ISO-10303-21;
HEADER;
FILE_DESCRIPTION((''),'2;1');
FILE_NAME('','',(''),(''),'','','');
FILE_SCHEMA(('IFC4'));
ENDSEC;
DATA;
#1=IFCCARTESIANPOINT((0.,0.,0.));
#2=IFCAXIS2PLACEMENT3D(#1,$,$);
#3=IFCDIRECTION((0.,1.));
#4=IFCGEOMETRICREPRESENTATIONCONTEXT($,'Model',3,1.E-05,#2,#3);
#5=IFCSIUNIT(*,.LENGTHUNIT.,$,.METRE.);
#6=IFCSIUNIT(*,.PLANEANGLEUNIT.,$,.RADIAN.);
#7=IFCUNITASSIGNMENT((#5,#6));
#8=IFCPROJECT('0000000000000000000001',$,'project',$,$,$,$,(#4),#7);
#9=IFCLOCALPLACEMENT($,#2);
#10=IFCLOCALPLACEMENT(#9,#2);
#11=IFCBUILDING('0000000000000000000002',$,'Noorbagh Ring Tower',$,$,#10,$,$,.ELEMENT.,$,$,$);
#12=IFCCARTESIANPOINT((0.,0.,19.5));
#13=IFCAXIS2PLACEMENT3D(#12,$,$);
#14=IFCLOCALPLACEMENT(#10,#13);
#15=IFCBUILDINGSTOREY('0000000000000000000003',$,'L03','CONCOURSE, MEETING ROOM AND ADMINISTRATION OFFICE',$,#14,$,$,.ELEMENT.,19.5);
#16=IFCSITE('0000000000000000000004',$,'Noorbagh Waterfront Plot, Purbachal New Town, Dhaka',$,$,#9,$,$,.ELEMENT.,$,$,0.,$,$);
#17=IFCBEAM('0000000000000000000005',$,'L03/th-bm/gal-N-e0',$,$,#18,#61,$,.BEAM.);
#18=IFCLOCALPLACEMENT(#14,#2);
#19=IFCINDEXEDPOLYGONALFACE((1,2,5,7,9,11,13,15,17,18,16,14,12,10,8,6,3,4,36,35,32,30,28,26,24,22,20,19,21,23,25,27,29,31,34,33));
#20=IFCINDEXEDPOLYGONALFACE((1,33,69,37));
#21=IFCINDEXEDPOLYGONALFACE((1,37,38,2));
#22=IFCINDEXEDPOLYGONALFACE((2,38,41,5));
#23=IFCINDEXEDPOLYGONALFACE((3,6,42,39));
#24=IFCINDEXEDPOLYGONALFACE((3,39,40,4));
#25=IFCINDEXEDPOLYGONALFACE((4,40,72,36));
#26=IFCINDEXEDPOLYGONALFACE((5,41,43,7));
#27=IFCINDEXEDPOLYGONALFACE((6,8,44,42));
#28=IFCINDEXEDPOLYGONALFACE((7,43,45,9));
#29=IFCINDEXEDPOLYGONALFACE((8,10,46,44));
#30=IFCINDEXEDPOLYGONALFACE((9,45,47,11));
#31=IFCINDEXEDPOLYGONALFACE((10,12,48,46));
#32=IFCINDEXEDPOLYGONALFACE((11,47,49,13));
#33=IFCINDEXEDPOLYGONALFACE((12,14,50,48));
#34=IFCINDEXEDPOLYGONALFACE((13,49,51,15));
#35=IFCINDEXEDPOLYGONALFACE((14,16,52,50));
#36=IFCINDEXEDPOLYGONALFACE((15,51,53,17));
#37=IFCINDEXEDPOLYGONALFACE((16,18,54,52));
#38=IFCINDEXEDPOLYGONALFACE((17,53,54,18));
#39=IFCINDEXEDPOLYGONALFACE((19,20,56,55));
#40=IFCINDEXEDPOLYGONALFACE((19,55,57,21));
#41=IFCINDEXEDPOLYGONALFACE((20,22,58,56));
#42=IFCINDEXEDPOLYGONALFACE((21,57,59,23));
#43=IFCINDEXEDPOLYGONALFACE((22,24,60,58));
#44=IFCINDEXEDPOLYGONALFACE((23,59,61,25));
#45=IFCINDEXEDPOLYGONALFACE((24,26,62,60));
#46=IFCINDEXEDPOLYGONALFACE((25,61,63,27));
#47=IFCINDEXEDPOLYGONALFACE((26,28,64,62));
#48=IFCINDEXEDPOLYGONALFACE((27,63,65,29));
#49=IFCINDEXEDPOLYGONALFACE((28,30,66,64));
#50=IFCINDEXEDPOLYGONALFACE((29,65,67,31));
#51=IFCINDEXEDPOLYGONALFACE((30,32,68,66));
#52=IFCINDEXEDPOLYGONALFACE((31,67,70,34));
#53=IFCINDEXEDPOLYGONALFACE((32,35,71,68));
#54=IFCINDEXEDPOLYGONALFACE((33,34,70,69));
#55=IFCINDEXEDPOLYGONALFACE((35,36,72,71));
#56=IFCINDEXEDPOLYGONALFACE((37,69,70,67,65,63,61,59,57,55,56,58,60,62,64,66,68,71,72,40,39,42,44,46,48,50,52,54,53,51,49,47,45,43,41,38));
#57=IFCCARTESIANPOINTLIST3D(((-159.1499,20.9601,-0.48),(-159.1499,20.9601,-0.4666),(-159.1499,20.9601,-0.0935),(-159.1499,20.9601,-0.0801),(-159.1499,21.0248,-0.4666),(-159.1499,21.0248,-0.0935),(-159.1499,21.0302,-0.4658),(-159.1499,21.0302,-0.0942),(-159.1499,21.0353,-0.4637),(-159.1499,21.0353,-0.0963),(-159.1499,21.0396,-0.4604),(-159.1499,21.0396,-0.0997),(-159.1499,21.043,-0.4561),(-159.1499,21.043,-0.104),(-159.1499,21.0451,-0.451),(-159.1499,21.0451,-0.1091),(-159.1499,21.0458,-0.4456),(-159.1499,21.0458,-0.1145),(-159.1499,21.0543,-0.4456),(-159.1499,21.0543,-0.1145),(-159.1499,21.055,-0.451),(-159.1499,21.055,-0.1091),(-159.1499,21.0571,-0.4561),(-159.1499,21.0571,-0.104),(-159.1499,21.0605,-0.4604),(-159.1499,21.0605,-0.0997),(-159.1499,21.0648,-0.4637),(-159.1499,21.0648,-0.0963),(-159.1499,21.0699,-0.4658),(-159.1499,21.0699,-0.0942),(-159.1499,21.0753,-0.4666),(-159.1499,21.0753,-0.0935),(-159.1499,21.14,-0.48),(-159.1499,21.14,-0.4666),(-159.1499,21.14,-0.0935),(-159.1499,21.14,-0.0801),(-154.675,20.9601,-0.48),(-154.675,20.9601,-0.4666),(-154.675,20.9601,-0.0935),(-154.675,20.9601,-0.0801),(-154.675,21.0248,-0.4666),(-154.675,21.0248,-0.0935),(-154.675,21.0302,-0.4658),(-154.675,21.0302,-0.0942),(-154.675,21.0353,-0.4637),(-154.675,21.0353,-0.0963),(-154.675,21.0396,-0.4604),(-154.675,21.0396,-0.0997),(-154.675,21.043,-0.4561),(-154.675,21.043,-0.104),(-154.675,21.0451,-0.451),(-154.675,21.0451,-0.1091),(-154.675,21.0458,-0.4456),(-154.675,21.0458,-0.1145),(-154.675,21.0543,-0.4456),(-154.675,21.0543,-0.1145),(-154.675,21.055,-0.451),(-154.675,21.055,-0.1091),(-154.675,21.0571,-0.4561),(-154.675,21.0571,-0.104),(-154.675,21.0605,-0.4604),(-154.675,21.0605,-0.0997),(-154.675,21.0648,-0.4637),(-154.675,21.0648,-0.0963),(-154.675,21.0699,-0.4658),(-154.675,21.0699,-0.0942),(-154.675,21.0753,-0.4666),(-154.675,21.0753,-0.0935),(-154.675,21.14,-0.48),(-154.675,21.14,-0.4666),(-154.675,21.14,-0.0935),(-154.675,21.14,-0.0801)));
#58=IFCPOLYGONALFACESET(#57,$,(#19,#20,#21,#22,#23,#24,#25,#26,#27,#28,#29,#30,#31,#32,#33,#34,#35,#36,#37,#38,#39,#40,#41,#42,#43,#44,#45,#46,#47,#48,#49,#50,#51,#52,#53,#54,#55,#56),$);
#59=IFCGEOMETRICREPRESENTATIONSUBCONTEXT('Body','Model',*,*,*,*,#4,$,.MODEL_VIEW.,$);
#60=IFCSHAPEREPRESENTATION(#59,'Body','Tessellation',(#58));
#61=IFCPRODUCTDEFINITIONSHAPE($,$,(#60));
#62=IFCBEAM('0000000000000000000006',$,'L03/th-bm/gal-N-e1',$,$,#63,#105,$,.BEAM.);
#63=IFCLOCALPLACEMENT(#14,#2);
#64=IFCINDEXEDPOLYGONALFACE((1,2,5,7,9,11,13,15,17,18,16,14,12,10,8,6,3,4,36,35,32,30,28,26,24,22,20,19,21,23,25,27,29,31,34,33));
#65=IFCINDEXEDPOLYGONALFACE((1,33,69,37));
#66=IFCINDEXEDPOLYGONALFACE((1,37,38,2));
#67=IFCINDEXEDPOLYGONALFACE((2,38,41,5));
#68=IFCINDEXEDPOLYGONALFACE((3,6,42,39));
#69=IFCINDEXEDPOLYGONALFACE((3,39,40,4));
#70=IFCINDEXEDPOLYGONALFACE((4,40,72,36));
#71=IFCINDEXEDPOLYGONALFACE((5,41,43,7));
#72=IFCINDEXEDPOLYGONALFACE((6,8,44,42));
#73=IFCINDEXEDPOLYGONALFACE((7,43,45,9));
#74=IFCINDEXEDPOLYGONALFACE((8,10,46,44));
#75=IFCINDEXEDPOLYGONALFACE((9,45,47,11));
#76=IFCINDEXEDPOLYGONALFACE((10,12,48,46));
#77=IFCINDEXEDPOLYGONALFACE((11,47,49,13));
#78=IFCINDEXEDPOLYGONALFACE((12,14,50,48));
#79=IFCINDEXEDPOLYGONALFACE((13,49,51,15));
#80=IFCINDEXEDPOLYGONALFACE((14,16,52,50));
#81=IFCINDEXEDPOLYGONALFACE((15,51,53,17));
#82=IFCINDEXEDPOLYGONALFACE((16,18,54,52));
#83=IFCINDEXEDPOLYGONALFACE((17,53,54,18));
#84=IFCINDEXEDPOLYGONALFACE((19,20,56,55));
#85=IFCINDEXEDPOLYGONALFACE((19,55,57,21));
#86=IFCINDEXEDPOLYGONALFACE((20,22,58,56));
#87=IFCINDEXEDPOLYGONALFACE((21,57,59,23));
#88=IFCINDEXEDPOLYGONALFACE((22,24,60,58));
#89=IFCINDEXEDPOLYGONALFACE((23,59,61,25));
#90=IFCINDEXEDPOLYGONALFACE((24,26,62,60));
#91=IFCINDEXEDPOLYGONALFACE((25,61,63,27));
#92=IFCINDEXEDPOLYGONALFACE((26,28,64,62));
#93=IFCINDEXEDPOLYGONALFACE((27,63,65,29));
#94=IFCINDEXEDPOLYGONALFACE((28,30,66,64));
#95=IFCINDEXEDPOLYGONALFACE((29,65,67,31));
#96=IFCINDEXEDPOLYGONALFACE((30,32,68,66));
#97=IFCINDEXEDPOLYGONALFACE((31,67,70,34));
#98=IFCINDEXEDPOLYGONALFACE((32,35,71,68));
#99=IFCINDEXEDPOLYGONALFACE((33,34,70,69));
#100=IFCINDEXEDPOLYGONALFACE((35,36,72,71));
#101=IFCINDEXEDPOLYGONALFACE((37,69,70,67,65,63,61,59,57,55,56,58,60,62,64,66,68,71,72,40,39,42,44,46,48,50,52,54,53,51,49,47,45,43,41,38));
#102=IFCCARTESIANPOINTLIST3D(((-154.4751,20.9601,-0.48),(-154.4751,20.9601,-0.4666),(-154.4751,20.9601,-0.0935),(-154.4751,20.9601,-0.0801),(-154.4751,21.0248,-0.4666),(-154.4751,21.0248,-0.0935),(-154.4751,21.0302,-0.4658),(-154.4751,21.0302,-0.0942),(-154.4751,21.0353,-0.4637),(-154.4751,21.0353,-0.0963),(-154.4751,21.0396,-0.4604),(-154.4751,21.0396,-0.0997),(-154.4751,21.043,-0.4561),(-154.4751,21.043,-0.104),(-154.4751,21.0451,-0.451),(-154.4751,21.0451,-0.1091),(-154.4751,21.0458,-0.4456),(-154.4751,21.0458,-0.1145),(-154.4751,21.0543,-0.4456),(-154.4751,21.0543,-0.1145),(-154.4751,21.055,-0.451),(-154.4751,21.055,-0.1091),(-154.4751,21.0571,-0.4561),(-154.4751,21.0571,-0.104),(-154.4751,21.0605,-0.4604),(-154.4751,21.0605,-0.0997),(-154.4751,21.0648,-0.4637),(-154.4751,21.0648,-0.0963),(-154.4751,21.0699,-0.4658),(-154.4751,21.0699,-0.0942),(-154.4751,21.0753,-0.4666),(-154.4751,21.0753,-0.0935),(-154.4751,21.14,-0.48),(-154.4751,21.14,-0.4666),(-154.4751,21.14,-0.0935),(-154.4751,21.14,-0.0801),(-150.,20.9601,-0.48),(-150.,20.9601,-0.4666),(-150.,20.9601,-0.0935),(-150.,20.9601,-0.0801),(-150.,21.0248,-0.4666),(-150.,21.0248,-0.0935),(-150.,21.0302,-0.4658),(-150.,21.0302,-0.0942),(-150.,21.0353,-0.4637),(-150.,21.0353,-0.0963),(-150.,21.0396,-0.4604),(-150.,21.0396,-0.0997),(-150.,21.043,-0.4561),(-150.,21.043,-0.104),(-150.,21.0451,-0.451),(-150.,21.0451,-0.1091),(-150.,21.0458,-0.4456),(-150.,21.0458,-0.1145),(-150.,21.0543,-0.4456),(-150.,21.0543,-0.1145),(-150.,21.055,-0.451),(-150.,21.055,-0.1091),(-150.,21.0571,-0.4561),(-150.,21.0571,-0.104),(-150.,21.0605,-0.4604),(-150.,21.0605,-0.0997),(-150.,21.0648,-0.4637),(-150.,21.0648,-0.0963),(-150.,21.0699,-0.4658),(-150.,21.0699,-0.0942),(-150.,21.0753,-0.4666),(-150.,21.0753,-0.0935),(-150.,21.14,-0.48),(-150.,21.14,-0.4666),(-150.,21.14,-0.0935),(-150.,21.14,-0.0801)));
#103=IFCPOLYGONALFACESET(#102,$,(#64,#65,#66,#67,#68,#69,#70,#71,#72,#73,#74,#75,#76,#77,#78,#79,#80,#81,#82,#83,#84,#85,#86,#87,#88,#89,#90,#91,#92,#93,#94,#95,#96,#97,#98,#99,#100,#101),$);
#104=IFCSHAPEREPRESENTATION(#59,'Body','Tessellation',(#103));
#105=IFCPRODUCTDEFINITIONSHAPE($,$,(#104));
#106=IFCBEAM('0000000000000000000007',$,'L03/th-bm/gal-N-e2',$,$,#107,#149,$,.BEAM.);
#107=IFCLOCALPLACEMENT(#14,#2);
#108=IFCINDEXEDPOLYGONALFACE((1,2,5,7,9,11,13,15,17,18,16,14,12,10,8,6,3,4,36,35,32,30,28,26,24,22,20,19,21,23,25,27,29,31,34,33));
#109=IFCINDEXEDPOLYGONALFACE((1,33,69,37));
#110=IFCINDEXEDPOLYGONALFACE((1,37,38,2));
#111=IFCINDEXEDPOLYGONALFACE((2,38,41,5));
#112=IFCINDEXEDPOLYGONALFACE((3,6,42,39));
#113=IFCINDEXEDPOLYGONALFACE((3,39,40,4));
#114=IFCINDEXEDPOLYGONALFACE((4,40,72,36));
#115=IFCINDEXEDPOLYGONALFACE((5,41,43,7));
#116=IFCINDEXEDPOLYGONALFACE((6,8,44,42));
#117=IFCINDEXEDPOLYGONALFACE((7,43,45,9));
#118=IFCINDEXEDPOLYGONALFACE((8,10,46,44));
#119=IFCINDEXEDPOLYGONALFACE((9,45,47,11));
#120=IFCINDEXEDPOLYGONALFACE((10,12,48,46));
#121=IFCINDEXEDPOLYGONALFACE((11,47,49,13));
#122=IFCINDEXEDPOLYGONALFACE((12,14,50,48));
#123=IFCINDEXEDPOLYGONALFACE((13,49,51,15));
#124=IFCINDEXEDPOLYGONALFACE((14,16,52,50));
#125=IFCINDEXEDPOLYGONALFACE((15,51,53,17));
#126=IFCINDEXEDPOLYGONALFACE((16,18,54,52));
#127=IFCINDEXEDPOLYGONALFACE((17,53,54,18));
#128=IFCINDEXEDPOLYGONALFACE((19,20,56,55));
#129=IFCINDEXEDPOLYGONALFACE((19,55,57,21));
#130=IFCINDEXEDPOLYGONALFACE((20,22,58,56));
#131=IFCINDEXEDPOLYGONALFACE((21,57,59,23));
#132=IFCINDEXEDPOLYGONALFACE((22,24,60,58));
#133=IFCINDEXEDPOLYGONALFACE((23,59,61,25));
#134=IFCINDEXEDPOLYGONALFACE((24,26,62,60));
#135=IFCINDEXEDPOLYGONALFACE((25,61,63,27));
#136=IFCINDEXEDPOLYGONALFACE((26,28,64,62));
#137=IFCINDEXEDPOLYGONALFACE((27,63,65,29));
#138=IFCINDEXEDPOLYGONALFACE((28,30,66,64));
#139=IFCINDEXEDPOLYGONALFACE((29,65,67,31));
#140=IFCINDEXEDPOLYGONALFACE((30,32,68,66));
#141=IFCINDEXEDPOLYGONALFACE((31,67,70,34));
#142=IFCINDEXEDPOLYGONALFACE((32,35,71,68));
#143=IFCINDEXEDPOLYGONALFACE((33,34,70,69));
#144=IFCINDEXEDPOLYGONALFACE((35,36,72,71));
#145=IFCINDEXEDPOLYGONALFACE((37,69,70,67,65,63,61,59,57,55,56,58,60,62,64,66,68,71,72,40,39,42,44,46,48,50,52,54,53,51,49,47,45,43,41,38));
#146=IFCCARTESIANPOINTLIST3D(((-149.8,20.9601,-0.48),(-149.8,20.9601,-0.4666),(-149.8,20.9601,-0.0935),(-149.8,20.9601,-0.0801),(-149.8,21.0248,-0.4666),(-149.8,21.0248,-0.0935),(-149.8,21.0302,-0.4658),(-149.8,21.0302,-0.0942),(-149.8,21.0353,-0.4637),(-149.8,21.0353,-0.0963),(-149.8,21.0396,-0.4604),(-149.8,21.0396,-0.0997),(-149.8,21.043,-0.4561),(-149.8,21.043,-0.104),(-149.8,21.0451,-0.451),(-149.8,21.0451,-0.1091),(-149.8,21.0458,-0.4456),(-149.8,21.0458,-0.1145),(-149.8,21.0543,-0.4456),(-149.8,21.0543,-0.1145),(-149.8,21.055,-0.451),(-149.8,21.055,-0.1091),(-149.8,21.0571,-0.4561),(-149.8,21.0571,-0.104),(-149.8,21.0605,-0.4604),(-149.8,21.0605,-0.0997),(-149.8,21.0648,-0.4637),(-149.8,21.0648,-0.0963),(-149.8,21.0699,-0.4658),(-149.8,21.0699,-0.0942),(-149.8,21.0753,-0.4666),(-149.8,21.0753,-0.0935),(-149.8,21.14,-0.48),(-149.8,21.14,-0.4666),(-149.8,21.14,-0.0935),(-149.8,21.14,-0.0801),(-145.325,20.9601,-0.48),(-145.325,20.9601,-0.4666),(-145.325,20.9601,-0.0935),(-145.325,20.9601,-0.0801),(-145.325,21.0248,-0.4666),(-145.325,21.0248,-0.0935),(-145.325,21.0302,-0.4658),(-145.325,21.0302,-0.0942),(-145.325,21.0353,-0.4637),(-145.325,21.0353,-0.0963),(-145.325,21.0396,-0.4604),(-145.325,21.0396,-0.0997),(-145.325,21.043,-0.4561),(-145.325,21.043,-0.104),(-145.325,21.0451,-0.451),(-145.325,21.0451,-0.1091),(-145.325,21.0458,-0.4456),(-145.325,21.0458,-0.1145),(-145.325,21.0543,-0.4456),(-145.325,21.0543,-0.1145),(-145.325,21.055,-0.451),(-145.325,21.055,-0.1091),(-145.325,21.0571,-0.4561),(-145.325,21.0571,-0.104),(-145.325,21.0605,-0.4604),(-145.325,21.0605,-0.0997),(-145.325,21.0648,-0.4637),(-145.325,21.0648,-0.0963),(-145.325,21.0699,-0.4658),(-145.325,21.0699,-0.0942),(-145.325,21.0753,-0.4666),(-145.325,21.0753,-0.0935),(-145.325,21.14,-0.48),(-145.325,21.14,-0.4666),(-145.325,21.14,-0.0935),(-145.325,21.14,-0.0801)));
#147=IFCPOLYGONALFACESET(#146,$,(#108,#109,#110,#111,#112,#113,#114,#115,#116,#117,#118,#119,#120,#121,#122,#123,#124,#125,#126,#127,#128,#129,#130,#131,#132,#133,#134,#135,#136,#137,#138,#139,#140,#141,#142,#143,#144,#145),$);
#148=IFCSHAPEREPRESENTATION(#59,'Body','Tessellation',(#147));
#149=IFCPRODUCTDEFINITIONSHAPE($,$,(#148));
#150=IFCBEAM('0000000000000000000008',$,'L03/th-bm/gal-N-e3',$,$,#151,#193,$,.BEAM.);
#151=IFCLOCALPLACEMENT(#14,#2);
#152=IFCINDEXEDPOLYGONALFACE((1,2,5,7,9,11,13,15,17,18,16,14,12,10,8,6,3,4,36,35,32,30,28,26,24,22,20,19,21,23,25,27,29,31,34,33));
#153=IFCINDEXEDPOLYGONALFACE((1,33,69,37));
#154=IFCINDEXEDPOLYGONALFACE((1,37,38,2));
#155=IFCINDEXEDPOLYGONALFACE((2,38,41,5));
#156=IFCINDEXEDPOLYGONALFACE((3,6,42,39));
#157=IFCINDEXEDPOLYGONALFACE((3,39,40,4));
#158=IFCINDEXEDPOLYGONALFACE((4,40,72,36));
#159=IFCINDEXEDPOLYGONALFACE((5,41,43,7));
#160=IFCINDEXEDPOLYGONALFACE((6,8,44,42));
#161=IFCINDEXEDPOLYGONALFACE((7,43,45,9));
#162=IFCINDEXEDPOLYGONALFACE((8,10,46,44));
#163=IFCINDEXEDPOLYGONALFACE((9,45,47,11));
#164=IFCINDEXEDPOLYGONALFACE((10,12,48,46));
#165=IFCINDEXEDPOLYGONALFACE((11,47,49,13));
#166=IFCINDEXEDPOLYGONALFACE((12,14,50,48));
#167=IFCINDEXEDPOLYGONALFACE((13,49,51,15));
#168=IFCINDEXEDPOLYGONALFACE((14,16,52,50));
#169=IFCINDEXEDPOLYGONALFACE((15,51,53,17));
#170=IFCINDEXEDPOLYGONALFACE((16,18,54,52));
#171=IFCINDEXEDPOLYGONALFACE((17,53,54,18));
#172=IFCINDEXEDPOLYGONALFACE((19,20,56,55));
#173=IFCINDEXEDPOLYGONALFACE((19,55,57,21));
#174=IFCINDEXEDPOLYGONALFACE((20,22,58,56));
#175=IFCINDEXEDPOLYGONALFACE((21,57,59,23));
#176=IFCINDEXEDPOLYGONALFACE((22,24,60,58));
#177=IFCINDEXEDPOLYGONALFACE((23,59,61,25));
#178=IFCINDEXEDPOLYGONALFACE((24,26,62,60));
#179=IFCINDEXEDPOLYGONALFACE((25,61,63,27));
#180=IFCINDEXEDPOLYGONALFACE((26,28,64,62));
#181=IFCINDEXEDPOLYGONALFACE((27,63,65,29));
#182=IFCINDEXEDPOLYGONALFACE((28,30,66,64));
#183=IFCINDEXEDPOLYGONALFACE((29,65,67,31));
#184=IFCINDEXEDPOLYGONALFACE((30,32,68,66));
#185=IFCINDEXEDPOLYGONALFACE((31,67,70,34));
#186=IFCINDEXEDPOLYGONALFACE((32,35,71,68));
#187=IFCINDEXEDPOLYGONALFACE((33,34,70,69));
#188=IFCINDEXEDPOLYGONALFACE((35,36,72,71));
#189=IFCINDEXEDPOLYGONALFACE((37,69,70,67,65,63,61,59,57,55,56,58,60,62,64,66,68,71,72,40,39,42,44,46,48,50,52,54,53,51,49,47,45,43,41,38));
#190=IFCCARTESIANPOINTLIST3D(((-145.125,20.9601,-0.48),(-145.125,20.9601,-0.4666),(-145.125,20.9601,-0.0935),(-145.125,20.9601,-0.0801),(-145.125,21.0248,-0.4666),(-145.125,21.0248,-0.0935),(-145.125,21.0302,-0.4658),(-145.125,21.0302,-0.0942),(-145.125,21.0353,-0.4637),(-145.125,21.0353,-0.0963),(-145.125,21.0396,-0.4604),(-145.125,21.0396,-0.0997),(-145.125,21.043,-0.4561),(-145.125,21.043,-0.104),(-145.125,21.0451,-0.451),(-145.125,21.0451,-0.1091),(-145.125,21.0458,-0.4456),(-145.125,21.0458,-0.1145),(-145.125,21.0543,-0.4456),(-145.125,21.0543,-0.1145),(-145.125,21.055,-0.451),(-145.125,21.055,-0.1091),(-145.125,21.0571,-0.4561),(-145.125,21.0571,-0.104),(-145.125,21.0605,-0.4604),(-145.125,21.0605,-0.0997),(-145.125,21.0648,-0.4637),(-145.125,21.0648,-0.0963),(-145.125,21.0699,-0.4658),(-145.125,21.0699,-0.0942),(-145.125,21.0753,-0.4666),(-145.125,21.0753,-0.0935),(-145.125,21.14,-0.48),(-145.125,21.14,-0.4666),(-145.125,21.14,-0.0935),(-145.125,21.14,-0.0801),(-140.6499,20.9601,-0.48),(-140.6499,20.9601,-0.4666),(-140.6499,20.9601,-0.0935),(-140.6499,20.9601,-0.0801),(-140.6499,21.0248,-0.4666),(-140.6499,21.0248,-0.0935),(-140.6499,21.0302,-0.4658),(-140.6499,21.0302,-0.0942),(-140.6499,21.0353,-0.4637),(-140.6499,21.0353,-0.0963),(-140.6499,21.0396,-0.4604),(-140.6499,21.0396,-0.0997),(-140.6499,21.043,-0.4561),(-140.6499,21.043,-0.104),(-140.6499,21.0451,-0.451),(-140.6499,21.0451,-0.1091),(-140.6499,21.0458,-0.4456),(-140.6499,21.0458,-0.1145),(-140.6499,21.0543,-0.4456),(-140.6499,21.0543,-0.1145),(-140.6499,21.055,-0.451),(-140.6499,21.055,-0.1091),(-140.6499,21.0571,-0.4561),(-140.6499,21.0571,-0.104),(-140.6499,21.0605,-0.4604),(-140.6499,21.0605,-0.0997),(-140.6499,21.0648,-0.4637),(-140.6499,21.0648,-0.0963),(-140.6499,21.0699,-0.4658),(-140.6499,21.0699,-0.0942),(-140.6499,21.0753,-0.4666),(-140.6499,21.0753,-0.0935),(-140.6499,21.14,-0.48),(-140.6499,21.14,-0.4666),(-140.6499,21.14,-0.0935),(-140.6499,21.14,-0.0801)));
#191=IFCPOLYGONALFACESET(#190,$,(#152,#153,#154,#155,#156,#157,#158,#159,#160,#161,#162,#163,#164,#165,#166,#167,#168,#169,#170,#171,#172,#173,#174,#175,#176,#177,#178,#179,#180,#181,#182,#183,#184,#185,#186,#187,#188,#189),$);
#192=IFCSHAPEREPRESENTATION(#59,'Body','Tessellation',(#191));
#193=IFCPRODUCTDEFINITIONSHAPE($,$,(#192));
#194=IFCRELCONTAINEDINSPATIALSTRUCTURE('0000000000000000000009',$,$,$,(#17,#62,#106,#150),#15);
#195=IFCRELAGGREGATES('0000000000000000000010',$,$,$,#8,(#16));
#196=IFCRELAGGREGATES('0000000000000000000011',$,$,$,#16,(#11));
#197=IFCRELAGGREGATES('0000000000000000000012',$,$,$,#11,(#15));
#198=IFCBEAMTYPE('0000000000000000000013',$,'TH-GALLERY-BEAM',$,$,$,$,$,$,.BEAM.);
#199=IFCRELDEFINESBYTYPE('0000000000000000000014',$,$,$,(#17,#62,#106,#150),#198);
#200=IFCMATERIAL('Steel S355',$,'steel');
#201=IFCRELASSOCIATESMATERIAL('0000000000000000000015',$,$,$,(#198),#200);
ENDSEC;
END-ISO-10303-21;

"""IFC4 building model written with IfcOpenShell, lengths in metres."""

from ifc_helpers import new_model, si_unit, direction, frame, origin, origin_2d, place, context, subcontext, project, spatial, i_section, extrude, material, material_profile, profile_set, type_object, element, save


model = new_model("IFC4")

# Units and contexts
model_context = context("Model", 3, precision=1e-05, world=origin(), true_north=direction((0.0, 1.0)))
body_context = subcontext(model_context, "Body", "Model", "MODEL_VIEW")
ifc_project = project(units=[si_unit("LENGTHUNIT", "METRE"), si_unit("PLANEANGLEUNIT", "RADIAN")], contexts=[model_context])

# Site, building, storey
site_placement = place(None, origin())
site = spatial("IfcSite", under=ifc_project, at=site_placement, Name="Noorbagh Waterfront Plot, Purbachal New Town, Dhaka", CompositionType="ELEMENT", RefElevation=0.0)
building_placement = place(site_placement, origin())
building = spatial("IfcBuilding", under=site, at=building_placement, Name="Noorbagh Ring Tower", CompositionType="ELEMENT")
storey_placement = place(building_placement, frame((0.0, 0.0, 19.5)))
storey = spatial("IfcBuildingStorey", under=building, at=storey_placement, Name="L03", Description="CONCOURSE, MEETING ROOM AND ADMINISTRATION OFFICE", CompositionType="ELEMENT", Elevation=19.5)

# Beams
ifc_material_1 = material(Name="Steel S355", Category="steel")
ifc_material_profile_1 = material_profile(ifc_material_1, i_section(OverallWidth=0.1799, OverallDepth=0.3999, WebThickness=0.0085, FlangeThickness=0.0134, FilletRadius=0.021, at=origin_2d()), Name="IPE400")
ifc_profile_set_1 = profile_set([ifc_material_profile_1], Name="Steel S355")
beam_type_1 = type_object("IfcBeamType", Name="TH-GALLERY-BEAM", PredefinedType="BEAM", material=ifc_profile_set_1)
beam_placement = place(storey_placement, frame((-159.1499, 21.05, -0.28), z_axis=(1.0, 0.0, 0.0), x_axis=(0.0, 1.0, 0.0)))
element("IfcBeam", 1, at=beam_placement, inside=storey, type_object=beam_type_1, Name="L03/th-bm/gal-N-e0", PredefinedType="BEAM", context=body_context, shape_type="SweptSolid", body=[
    extrude(i_section(OverallWidth=0.1799, OverallDepth=0.3999, WebThickness=0.0085, FlangeThickness=0.0134, FilletRadius=0.021, at=origin_2d()), origin(), (0.0, 0.0, 1.0), 4.4749),
])
for number, where, z_axis, x_axis, name in (
    (2, (-154.4751, 21.05, -0.28), (1.0, 0.0, 0.0), (0.0, 1.0, 0.0), "L03/th-bm/gal-N-e1"),
    (3, (-149.8, 21.05, -0.28), (1.0, 0.0, 0.0), (0.0, 1.0, 0.0), "L03/th-bm/gal-N-e2"),
    (4, (-145.125, 21.05, -0.28), (1.0, 0.0, 0.0), (0.0, 1.0, 0.0), "L03/th-bm/gal-N-e3"),
):
    element("IfcBeam", number, at=place(storey_placement, frame(where, z_axis=z_axis, x_axis=x_axis)), inside=storey, type_object=beam_type_1, Name=name, PredefinedType="BEAM", context=body_context, shape_type="SweptSolid", body=[
        extrude(i_section(OverallWidth=0.1799, OverallDepth=0.3999, WebThickness=0.0085, FlangeThickness=0.0134, FilletRadius=0.021, at=origin_2d()), origin(), (0.0, 0.0, 1.0), 4.4751),
    ])

save(model, "model.ifc")
